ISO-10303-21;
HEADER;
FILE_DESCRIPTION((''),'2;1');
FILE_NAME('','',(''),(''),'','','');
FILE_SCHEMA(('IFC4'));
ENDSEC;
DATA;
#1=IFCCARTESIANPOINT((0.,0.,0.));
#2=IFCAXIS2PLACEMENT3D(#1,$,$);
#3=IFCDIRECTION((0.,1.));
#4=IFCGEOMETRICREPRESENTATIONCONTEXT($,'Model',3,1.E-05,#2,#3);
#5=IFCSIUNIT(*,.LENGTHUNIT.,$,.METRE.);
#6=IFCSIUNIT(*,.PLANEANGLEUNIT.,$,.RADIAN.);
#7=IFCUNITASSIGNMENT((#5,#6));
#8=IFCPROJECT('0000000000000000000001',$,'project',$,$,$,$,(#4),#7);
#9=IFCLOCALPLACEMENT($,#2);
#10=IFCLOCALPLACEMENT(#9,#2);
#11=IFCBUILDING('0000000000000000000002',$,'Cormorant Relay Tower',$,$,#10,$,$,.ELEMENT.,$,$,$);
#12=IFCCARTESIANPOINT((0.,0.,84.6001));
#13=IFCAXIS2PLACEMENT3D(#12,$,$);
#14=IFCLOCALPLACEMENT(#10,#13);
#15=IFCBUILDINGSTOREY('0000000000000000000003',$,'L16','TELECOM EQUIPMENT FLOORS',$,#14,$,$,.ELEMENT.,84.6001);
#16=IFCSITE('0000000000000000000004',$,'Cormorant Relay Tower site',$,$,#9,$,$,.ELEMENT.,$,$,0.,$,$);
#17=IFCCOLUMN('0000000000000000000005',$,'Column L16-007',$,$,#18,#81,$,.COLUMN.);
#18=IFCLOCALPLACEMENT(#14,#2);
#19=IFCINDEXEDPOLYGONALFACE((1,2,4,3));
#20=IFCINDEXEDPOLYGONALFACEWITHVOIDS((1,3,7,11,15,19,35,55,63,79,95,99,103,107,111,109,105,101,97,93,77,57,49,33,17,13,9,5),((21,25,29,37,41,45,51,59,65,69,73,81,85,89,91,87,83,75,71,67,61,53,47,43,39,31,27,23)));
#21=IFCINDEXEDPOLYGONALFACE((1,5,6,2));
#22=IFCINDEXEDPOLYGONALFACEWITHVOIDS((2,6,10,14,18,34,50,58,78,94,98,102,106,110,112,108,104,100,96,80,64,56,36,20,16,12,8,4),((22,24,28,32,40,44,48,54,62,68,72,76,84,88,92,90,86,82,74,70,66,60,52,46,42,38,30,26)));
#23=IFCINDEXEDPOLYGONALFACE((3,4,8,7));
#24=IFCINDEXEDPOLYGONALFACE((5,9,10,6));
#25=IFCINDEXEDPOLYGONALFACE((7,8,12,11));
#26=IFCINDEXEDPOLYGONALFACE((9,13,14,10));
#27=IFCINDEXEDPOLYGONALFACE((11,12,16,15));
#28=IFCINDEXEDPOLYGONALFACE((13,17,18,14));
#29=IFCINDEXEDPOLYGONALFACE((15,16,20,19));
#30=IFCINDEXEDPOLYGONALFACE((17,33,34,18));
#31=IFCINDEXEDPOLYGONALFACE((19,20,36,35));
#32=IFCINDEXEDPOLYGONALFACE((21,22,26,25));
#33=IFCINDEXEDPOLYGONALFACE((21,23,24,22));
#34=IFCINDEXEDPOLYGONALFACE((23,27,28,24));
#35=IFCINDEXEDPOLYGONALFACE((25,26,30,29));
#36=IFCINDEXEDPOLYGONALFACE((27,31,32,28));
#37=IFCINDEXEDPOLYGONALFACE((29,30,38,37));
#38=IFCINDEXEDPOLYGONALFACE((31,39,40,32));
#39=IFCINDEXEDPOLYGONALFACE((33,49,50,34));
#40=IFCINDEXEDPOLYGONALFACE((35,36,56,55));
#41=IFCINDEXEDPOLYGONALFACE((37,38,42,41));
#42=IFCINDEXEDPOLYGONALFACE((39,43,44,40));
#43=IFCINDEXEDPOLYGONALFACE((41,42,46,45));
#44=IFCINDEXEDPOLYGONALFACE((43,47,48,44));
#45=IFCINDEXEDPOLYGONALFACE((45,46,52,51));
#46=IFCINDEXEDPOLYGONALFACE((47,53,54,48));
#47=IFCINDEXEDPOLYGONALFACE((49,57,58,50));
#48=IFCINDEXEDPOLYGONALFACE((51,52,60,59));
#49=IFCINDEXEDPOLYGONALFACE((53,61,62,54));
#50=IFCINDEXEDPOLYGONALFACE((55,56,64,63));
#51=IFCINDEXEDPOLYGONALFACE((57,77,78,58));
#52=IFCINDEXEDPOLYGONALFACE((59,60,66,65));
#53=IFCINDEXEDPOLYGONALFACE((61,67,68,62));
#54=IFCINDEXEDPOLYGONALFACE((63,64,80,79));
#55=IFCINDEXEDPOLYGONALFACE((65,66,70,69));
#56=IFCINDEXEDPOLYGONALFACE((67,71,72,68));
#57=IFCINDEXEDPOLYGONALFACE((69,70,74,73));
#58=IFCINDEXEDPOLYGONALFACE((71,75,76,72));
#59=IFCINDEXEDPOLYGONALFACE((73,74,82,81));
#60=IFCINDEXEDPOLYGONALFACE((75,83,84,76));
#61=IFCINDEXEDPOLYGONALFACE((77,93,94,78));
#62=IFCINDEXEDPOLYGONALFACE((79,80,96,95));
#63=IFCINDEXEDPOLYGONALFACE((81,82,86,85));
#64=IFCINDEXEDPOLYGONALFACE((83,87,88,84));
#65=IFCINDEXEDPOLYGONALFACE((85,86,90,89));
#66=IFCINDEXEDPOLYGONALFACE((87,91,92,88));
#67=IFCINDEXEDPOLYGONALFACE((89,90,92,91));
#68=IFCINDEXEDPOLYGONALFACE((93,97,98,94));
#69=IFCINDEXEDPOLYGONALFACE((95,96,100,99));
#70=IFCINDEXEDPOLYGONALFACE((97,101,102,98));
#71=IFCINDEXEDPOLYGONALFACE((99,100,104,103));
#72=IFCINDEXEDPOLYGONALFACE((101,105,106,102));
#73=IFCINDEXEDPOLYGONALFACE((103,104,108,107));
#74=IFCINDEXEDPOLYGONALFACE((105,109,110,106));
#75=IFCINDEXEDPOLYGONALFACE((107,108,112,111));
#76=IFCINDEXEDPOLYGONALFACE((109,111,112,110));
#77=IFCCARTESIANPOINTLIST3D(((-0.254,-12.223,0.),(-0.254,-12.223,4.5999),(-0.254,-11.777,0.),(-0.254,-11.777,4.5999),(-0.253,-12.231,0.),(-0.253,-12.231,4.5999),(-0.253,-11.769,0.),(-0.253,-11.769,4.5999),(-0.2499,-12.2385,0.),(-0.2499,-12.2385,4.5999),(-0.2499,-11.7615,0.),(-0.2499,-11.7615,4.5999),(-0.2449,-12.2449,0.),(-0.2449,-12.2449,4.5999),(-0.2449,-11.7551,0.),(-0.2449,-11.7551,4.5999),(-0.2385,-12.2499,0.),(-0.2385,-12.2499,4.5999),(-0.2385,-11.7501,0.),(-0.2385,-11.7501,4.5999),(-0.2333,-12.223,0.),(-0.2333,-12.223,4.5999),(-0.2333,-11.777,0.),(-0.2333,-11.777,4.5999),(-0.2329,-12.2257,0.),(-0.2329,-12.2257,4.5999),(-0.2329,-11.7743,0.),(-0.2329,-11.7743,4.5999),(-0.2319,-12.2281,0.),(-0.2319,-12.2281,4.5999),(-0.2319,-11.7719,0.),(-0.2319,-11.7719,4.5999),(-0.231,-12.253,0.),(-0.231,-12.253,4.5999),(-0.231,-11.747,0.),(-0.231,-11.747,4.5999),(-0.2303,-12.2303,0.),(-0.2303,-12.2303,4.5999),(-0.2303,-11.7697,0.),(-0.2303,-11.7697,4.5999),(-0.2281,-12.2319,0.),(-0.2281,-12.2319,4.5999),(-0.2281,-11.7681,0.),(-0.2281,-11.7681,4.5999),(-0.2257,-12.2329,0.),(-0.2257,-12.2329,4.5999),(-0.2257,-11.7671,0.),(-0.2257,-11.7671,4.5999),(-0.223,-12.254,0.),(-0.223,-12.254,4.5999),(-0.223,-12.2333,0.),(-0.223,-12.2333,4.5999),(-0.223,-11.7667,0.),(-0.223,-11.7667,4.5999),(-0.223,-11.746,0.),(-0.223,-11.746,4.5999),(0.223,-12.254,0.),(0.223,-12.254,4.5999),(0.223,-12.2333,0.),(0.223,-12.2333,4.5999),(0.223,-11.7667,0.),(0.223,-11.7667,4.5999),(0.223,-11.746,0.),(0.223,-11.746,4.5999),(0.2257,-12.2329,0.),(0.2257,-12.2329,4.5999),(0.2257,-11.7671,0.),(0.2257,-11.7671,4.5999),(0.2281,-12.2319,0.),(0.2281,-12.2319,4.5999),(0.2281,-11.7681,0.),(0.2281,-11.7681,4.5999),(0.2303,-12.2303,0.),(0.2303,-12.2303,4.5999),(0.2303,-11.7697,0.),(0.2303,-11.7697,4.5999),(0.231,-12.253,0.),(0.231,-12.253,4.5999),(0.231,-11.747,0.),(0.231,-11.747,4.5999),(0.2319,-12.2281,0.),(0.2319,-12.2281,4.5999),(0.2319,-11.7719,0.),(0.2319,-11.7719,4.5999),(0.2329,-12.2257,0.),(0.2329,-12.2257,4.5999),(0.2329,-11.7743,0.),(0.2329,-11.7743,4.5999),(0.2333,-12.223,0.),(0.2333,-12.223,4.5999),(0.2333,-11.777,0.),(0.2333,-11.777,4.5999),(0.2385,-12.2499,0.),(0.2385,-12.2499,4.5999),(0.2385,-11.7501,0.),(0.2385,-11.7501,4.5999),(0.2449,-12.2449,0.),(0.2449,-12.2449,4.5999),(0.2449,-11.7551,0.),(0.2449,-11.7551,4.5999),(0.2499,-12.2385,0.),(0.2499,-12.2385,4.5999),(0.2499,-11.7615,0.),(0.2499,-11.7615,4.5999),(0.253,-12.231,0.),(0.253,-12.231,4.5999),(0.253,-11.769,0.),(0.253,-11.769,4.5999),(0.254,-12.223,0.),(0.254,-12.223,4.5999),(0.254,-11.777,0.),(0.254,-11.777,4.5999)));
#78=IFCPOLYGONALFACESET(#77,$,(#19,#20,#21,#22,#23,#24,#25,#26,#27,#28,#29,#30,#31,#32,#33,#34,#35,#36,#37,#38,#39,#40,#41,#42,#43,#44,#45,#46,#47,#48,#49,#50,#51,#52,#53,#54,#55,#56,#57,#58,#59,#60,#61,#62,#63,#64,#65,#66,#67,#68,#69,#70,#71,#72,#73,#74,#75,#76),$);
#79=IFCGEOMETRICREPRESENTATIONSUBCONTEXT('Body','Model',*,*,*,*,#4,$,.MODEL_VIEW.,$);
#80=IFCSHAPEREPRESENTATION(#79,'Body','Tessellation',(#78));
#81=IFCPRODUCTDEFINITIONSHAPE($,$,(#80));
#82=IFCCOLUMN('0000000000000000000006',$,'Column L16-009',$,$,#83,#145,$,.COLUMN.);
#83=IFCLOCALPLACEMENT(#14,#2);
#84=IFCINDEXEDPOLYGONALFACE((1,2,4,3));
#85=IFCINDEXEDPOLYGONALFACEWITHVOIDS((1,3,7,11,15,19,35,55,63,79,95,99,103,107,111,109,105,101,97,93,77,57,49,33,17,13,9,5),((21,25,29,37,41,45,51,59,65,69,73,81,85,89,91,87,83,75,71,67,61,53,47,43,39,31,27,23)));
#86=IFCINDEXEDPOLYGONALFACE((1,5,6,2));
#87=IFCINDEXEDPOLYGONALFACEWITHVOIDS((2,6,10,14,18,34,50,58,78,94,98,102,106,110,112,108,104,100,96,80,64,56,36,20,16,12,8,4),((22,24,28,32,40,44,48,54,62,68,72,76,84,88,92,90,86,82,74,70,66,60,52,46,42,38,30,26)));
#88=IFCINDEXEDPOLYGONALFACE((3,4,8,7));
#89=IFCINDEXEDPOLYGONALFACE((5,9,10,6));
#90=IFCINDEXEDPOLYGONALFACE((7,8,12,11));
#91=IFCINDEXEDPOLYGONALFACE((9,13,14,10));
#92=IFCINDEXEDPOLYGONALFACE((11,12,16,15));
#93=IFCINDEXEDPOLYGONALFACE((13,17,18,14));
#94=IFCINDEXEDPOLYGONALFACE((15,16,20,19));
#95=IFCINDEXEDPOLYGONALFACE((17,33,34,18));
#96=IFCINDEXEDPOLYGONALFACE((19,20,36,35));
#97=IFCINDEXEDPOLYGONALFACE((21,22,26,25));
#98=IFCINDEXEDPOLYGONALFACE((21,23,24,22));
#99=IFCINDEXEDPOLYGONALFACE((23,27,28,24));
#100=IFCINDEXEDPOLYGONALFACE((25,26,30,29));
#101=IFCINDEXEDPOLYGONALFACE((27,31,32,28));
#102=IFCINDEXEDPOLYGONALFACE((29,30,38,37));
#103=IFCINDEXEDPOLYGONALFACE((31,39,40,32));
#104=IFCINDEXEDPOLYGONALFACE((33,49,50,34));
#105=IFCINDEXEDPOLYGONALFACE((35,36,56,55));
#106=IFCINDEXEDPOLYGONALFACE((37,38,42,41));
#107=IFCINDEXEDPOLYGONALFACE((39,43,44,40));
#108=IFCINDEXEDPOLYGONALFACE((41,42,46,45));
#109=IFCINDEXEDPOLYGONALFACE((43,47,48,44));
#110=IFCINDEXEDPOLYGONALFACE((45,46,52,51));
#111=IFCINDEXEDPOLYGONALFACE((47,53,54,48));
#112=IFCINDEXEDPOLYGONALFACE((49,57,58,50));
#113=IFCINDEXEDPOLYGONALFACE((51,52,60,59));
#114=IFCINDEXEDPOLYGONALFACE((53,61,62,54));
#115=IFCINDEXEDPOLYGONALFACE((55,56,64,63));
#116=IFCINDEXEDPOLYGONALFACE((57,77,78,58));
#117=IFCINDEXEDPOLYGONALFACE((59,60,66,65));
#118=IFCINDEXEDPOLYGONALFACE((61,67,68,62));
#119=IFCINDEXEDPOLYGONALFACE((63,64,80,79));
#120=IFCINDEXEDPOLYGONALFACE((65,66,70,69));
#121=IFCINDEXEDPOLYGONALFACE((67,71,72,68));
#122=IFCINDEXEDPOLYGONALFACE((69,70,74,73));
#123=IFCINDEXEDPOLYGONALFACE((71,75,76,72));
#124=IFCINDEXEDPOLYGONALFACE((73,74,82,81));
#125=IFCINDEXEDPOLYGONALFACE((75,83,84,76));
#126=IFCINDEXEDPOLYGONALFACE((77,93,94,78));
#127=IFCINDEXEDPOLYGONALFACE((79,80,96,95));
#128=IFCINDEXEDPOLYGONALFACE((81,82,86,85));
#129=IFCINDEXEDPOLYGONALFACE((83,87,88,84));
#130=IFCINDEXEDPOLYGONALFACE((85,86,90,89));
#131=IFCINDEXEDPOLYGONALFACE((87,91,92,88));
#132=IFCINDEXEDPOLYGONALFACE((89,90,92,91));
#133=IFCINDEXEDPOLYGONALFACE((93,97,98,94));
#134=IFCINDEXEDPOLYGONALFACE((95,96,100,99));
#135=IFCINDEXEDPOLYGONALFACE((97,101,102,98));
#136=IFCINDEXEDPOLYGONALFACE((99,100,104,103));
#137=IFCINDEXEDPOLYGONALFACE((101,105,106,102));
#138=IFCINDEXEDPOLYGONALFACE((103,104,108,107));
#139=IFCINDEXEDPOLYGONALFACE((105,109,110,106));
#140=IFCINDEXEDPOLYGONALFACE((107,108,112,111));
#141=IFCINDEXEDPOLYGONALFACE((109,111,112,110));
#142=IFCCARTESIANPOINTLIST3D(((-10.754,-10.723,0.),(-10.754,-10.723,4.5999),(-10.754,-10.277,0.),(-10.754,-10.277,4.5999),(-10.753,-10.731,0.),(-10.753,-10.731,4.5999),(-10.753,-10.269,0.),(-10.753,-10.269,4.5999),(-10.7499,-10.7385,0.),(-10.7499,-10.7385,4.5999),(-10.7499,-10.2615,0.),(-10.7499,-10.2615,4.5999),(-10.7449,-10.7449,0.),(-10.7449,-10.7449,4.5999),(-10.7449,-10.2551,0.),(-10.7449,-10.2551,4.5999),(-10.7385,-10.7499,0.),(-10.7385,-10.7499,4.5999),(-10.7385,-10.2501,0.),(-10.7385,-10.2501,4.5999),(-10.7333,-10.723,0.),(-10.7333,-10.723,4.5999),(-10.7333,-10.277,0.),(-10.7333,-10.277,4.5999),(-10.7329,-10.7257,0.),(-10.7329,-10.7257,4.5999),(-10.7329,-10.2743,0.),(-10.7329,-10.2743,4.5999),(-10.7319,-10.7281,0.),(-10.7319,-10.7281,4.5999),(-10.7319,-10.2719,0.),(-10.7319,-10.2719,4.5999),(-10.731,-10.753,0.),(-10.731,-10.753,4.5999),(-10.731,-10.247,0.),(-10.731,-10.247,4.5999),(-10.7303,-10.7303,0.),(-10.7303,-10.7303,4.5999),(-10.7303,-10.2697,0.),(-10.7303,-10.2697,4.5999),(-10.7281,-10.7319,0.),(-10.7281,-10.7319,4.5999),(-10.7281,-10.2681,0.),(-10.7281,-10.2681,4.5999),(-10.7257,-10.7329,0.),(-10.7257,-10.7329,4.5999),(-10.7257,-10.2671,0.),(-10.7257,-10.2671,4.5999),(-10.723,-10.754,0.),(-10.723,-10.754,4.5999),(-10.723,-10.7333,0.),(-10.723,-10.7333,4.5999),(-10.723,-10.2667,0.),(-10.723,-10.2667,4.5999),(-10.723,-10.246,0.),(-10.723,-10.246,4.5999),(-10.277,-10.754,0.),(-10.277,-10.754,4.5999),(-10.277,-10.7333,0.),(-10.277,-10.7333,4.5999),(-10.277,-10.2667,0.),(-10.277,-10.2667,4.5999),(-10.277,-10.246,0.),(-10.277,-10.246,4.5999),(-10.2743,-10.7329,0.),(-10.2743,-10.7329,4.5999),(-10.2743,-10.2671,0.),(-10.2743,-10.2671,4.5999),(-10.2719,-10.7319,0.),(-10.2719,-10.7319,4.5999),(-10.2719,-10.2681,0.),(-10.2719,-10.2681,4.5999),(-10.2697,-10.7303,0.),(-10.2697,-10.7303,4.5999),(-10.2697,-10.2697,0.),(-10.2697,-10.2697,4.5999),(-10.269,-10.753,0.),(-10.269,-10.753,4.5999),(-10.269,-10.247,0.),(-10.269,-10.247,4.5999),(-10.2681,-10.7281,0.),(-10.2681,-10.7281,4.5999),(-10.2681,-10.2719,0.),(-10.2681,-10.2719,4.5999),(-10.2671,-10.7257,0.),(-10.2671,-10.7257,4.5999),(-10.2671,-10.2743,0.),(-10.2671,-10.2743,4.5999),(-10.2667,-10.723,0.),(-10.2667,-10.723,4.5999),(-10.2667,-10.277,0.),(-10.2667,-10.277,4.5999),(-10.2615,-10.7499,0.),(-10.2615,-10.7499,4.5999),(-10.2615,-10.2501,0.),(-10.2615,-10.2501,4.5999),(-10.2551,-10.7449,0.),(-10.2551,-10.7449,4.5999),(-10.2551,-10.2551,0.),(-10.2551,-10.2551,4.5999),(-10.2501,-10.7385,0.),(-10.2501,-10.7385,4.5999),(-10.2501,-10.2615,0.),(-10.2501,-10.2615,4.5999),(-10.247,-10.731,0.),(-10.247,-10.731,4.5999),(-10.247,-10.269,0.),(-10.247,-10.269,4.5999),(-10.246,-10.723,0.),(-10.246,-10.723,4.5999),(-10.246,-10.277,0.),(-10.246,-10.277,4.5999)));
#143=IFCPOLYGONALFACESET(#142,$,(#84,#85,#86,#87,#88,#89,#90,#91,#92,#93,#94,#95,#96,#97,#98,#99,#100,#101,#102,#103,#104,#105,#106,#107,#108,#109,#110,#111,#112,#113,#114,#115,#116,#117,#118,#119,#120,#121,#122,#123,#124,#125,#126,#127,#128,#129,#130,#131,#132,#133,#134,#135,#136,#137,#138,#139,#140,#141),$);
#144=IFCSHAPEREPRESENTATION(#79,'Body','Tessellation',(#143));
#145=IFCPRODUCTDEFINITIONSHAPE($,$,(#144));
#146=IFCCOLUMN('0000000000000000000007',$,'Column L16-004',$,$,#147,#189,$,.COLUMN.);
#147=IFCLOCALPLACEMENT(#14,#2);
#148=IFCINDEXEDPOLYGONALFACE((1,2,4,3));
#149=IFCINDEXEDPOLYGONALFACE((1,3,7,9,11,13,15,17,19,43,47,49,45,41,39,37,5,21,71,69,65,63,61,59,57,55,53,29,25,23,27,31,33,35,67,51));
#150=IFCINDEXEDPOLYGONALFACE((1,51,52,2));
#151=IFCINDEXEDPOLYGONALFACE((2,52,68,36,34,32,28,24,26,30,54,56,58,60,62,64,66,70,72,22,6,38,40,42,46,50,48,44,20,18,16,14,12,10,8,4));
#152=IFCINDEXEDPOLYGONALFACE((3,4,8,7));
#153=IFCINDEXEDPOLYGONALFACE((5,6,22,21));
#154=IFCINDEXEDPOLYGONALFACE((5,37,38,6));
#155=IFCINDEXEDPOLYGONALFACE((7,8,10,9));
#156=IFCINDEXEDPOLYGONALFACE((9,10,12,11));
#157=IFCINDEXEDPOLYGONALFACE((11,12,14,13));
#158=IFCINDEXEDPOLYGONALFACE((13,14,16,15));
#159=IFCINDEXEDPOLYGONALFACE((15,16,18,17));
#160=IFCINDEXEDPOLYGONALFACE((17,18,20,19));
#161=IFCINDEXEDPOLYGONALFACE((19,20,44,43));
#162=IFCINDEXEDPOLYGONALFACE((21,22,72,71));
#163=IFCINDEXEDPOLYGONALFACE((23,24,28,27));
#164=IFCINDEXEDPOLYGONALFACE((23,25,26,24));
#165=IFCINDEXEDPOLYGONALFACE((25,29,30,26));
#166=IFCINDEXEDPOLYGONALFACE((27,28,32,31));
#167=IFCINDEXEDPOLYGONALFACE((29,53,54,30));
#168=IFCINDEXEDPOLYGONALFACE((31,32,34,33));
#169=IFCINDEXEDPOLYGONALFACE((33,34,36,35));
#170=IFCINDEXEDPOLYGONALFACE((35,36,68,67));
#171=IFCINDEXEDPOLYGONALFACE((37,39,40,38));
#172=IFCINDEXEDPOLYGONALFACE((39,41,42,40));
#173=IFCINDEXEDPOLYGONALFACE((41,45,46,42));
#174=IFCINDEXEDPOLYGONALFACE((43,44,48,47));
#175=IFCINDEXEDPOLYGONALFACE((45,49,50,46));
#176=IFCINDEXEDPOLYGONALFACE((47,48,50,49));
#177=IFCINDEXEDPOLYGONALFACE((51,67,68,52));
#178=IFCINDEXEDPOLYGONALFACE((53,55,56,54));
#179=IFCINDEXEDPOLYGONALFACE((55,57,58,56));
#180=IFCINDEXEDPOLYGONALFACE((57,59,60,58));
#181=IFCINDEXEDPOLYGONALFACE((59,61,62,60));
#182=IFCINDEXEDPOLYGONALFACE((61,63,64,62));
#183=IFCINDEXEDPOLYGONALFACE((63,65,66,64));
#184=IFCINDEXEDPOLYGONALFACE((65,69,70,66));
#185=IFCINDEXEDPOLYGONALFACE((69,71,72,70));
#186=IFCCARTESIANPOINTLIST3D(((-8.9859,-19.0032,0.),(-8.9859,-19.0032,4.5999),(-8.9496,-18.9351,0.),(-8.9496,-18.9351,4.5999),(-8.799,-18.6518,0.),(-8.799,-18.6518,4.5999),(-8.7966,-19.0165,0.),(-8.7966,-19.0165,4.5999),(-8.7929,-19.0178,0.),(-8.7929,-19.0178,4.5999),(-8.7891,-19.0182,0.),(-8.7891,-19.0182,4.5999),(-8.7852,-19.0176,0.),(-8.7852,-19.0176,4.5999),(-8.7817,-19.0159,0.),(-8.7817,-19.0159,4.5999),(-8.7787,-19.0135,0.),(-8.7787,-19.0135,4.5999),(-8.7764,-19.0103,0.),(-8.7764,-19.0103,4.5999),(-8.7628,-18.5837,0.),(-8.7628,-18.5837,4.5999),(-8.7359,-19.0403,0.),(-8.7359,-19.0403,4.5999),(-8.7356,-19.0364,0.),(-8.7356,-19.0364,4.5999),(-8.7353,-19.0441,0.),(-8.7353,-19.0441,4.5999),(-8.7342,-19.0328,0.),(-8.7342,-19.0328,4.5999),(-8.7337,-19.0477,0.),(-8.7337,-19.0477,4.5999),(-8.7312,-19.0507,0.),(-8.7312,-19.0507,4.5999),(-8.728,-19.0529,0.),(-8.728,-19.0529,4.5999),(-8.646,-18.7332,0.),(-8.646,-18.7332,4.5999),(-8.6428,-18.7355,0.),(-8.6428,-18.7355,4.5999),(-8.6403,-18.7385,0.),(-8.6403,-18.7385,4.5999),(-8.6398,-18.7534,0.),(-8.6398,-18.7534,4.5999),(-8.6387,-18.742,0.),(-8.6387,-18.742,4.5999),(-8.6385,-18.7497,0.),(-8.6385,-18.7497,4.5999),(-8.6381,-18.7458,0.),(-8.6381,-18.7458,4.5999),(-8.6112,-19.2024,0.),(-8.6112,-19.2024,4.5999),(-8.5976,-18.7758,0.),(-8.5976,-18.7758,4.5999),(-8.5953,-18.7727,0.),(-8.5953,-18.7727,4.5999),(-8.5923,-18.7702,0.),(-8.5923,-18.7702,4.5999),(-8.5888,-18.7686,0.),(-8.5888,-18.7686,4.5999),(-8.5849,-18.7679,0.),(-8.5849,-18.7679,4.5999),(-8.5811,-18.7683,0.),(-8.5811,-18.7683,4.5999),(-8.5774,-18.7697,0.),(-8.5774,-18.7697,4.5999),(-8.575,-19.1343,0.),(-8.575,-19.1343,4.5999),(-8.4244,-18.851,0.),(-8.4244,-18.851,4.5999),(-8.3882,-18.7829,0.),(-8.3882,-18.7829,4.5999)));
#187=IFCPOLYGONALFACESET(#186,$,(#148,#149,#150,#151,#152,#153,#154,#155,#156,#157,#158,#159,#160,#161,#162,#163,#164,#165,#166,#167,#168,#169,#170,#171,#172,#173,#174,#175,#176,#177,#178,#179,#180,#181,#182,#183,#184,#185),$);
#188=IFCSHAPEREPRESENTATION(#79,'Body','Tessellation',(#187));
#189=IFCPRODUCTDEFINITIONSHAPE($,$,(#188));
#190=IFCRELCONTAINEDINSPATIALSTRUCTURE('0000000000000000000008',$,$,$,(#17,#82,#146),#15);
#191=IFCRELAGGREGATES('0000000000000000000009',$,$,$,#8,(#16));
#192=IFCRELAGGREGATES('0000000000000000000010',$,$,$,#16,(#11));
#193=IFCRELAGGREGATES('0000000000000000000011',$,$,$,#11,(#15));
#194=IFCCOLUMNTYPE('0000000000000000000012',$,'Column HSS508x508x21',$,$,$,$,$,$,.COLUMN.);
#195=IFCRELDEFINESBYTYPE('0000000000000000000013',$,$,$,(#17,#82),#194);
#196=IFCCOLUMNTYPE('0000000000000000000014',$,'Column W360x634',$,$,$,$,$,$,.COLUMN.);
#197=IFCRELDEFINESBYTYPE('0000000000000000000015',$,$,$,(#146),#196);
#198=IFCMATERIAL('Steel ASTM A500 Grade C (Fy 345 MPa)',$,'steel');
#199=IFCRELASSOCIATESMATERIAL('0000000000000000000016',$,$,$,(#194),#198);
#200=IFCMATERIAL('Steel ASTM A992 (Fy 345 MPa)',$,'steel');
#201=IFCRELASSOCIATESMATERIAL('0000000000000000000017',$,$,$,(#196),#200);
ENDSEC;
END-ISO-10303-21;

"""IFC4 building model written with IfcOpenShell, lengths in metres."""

from ifc_helpers import new_model, si_unit, direction, frame, origin, origin_2d, place, context, subcontext, project, spatial, hollow_rectangle, i_section, extrude, material, material_profile, profile_set, type_object, element, save


model = new_model("IFC4")

# Units and contexts
model_context = context("Model", 3, precision=1e-05, world=origin(), true_north=direction((0.0, 1.0)))
body_context = subcontext(model_context, "Body", "Model", "MODEL_VIEW")
ifc_project = project(units=[si_unit("LENGTHUNIT", "METRE"), si_unit("PLANEANGLEUNIT", "RADIAN")], contexts=[model_context])

# Site, building, storey
site_placement = place(None, origin())
site = spatial("IfcSite", under=ifc_project, at=site_placement, Name="Cormorant Relay Tower site", CompositionType="ELEMENT", RefElevation=0.0)
building_placement = place(site_placement, origin())
building = spatial("IfcBuilding", under=site, at=building_placement, Name="Cormorant Relay Tower", CompositionType="ELEMENT")
storey_placement = place(building_placement, frame((0.0, 0.0, 84.6001)))
storey = spatial("IfcBuildingStorey", under=building, at=storey_placement, Name="L16", Description="TELECOM EQUIPMENT FLOORS", CompositionType="ELEMENT", Elevation=84.6001)

# Columns
ifc_material_1 = material(Name="Steel ASTM A500 Grade C (Fy 345 MPa)", Category="steel")
ifc_material_profile_1 = material_profile(ifc_material_1, hollow_rectangle(XDim=0.5081, YDim=0.5081, WallThickness=0.0208, InnerFilletRadius=0.0103, OuterFilletRadius=0.031, at=origin_2d()), Name="HSS508x508x21")
ifc_profile_set_1 = profile_set([ifc_material_profile_1], Name="Steel ASTM A500 Grade C (Fy 345 MPa)")
column_type_1 = type_object("IfcColumnType", Name="Column HSS508x508x21", PredefinedType="COLUMN", material=ifc_profile_set_1)
for number, where, z_axis, x_axis, name in (
    (1, (0.0, -12.0, 0.0), (0.0, 0.0, 1.0), (1.0, 0.0, 0.0), "Column L16-007"),
    (2, (-10.5, -10.5, 0.0), (0.0, 0.0, 1.0), (1.0, 0.0, 0.0), "Column L16-009"),
):
    element("IfcColumn", number, at=place(storey_placement, frame(where, z_axis=z_axis, x_axis=x_axis)), inside=storey, type_object=column_type_1, Name=name, PredefinedType="COLUMN", context=body_context, shape_type="SweptSolid", body=[
        extrude(hollow_rectangle(XDim=0.5081, YDim=0.5081, WallThickness=0.0208, InnerFilletRadius=0.0103, OuterFilletRadius=0.031, at=origin_2d()), origin(), (0.0, 0.0, 1.0), 4.5999),
    ])
ifc_material_2 = material(Name="Steel ASTM A992 (Fy 345 MPa)", Category="steel")
ifc_material_profile_2 = material_profile(ifc_material_2, i_section(OverallWidth=0.4243, OverallDepth=0.4751, WebThickness=0.0479, FlangeThickness=0.0771, FilletRadius=0.0149, at=origin_2d()), Name="W360x634")
ifc_profile_set_2 = profile_set([ifc_material_profile_2], Name="Steel ASTM A992 (Fy 345 MPa)")
column_type_2 = type_object("IfcColumnType", Name="Column W360x634", PredefinedType="COLUMN", material=ifc_profile_set_2)
for number, where, z_axis, x_axis, name in (
    (3, (-8.687, -18.8931, 0.0), (0.0, 0.0, 1.0), (0.882948, -0.469472, 0.0), "Column L16-004"),
):
    element("IfcColumn", number, at=place(storey_placement, frame(where, z_axis=z_axis, x_axis=x_axis)), inside=storey, type_object=column_type_2, Name=name, PredefinedType="COLUMN", context=body_context, shape_type="SweptSolid", body=[
        extrude(i_section(OverallWidth=0.4243, OverallDepth=0.4751, WebThickness=0.0479, FlangeThickness=0.0771, FilletRadius=0.0149, at=origin_2d()), origin(), (0.0, 0.0, 1.0), 4.5999),
    ])

save(model, "model.ifc")
